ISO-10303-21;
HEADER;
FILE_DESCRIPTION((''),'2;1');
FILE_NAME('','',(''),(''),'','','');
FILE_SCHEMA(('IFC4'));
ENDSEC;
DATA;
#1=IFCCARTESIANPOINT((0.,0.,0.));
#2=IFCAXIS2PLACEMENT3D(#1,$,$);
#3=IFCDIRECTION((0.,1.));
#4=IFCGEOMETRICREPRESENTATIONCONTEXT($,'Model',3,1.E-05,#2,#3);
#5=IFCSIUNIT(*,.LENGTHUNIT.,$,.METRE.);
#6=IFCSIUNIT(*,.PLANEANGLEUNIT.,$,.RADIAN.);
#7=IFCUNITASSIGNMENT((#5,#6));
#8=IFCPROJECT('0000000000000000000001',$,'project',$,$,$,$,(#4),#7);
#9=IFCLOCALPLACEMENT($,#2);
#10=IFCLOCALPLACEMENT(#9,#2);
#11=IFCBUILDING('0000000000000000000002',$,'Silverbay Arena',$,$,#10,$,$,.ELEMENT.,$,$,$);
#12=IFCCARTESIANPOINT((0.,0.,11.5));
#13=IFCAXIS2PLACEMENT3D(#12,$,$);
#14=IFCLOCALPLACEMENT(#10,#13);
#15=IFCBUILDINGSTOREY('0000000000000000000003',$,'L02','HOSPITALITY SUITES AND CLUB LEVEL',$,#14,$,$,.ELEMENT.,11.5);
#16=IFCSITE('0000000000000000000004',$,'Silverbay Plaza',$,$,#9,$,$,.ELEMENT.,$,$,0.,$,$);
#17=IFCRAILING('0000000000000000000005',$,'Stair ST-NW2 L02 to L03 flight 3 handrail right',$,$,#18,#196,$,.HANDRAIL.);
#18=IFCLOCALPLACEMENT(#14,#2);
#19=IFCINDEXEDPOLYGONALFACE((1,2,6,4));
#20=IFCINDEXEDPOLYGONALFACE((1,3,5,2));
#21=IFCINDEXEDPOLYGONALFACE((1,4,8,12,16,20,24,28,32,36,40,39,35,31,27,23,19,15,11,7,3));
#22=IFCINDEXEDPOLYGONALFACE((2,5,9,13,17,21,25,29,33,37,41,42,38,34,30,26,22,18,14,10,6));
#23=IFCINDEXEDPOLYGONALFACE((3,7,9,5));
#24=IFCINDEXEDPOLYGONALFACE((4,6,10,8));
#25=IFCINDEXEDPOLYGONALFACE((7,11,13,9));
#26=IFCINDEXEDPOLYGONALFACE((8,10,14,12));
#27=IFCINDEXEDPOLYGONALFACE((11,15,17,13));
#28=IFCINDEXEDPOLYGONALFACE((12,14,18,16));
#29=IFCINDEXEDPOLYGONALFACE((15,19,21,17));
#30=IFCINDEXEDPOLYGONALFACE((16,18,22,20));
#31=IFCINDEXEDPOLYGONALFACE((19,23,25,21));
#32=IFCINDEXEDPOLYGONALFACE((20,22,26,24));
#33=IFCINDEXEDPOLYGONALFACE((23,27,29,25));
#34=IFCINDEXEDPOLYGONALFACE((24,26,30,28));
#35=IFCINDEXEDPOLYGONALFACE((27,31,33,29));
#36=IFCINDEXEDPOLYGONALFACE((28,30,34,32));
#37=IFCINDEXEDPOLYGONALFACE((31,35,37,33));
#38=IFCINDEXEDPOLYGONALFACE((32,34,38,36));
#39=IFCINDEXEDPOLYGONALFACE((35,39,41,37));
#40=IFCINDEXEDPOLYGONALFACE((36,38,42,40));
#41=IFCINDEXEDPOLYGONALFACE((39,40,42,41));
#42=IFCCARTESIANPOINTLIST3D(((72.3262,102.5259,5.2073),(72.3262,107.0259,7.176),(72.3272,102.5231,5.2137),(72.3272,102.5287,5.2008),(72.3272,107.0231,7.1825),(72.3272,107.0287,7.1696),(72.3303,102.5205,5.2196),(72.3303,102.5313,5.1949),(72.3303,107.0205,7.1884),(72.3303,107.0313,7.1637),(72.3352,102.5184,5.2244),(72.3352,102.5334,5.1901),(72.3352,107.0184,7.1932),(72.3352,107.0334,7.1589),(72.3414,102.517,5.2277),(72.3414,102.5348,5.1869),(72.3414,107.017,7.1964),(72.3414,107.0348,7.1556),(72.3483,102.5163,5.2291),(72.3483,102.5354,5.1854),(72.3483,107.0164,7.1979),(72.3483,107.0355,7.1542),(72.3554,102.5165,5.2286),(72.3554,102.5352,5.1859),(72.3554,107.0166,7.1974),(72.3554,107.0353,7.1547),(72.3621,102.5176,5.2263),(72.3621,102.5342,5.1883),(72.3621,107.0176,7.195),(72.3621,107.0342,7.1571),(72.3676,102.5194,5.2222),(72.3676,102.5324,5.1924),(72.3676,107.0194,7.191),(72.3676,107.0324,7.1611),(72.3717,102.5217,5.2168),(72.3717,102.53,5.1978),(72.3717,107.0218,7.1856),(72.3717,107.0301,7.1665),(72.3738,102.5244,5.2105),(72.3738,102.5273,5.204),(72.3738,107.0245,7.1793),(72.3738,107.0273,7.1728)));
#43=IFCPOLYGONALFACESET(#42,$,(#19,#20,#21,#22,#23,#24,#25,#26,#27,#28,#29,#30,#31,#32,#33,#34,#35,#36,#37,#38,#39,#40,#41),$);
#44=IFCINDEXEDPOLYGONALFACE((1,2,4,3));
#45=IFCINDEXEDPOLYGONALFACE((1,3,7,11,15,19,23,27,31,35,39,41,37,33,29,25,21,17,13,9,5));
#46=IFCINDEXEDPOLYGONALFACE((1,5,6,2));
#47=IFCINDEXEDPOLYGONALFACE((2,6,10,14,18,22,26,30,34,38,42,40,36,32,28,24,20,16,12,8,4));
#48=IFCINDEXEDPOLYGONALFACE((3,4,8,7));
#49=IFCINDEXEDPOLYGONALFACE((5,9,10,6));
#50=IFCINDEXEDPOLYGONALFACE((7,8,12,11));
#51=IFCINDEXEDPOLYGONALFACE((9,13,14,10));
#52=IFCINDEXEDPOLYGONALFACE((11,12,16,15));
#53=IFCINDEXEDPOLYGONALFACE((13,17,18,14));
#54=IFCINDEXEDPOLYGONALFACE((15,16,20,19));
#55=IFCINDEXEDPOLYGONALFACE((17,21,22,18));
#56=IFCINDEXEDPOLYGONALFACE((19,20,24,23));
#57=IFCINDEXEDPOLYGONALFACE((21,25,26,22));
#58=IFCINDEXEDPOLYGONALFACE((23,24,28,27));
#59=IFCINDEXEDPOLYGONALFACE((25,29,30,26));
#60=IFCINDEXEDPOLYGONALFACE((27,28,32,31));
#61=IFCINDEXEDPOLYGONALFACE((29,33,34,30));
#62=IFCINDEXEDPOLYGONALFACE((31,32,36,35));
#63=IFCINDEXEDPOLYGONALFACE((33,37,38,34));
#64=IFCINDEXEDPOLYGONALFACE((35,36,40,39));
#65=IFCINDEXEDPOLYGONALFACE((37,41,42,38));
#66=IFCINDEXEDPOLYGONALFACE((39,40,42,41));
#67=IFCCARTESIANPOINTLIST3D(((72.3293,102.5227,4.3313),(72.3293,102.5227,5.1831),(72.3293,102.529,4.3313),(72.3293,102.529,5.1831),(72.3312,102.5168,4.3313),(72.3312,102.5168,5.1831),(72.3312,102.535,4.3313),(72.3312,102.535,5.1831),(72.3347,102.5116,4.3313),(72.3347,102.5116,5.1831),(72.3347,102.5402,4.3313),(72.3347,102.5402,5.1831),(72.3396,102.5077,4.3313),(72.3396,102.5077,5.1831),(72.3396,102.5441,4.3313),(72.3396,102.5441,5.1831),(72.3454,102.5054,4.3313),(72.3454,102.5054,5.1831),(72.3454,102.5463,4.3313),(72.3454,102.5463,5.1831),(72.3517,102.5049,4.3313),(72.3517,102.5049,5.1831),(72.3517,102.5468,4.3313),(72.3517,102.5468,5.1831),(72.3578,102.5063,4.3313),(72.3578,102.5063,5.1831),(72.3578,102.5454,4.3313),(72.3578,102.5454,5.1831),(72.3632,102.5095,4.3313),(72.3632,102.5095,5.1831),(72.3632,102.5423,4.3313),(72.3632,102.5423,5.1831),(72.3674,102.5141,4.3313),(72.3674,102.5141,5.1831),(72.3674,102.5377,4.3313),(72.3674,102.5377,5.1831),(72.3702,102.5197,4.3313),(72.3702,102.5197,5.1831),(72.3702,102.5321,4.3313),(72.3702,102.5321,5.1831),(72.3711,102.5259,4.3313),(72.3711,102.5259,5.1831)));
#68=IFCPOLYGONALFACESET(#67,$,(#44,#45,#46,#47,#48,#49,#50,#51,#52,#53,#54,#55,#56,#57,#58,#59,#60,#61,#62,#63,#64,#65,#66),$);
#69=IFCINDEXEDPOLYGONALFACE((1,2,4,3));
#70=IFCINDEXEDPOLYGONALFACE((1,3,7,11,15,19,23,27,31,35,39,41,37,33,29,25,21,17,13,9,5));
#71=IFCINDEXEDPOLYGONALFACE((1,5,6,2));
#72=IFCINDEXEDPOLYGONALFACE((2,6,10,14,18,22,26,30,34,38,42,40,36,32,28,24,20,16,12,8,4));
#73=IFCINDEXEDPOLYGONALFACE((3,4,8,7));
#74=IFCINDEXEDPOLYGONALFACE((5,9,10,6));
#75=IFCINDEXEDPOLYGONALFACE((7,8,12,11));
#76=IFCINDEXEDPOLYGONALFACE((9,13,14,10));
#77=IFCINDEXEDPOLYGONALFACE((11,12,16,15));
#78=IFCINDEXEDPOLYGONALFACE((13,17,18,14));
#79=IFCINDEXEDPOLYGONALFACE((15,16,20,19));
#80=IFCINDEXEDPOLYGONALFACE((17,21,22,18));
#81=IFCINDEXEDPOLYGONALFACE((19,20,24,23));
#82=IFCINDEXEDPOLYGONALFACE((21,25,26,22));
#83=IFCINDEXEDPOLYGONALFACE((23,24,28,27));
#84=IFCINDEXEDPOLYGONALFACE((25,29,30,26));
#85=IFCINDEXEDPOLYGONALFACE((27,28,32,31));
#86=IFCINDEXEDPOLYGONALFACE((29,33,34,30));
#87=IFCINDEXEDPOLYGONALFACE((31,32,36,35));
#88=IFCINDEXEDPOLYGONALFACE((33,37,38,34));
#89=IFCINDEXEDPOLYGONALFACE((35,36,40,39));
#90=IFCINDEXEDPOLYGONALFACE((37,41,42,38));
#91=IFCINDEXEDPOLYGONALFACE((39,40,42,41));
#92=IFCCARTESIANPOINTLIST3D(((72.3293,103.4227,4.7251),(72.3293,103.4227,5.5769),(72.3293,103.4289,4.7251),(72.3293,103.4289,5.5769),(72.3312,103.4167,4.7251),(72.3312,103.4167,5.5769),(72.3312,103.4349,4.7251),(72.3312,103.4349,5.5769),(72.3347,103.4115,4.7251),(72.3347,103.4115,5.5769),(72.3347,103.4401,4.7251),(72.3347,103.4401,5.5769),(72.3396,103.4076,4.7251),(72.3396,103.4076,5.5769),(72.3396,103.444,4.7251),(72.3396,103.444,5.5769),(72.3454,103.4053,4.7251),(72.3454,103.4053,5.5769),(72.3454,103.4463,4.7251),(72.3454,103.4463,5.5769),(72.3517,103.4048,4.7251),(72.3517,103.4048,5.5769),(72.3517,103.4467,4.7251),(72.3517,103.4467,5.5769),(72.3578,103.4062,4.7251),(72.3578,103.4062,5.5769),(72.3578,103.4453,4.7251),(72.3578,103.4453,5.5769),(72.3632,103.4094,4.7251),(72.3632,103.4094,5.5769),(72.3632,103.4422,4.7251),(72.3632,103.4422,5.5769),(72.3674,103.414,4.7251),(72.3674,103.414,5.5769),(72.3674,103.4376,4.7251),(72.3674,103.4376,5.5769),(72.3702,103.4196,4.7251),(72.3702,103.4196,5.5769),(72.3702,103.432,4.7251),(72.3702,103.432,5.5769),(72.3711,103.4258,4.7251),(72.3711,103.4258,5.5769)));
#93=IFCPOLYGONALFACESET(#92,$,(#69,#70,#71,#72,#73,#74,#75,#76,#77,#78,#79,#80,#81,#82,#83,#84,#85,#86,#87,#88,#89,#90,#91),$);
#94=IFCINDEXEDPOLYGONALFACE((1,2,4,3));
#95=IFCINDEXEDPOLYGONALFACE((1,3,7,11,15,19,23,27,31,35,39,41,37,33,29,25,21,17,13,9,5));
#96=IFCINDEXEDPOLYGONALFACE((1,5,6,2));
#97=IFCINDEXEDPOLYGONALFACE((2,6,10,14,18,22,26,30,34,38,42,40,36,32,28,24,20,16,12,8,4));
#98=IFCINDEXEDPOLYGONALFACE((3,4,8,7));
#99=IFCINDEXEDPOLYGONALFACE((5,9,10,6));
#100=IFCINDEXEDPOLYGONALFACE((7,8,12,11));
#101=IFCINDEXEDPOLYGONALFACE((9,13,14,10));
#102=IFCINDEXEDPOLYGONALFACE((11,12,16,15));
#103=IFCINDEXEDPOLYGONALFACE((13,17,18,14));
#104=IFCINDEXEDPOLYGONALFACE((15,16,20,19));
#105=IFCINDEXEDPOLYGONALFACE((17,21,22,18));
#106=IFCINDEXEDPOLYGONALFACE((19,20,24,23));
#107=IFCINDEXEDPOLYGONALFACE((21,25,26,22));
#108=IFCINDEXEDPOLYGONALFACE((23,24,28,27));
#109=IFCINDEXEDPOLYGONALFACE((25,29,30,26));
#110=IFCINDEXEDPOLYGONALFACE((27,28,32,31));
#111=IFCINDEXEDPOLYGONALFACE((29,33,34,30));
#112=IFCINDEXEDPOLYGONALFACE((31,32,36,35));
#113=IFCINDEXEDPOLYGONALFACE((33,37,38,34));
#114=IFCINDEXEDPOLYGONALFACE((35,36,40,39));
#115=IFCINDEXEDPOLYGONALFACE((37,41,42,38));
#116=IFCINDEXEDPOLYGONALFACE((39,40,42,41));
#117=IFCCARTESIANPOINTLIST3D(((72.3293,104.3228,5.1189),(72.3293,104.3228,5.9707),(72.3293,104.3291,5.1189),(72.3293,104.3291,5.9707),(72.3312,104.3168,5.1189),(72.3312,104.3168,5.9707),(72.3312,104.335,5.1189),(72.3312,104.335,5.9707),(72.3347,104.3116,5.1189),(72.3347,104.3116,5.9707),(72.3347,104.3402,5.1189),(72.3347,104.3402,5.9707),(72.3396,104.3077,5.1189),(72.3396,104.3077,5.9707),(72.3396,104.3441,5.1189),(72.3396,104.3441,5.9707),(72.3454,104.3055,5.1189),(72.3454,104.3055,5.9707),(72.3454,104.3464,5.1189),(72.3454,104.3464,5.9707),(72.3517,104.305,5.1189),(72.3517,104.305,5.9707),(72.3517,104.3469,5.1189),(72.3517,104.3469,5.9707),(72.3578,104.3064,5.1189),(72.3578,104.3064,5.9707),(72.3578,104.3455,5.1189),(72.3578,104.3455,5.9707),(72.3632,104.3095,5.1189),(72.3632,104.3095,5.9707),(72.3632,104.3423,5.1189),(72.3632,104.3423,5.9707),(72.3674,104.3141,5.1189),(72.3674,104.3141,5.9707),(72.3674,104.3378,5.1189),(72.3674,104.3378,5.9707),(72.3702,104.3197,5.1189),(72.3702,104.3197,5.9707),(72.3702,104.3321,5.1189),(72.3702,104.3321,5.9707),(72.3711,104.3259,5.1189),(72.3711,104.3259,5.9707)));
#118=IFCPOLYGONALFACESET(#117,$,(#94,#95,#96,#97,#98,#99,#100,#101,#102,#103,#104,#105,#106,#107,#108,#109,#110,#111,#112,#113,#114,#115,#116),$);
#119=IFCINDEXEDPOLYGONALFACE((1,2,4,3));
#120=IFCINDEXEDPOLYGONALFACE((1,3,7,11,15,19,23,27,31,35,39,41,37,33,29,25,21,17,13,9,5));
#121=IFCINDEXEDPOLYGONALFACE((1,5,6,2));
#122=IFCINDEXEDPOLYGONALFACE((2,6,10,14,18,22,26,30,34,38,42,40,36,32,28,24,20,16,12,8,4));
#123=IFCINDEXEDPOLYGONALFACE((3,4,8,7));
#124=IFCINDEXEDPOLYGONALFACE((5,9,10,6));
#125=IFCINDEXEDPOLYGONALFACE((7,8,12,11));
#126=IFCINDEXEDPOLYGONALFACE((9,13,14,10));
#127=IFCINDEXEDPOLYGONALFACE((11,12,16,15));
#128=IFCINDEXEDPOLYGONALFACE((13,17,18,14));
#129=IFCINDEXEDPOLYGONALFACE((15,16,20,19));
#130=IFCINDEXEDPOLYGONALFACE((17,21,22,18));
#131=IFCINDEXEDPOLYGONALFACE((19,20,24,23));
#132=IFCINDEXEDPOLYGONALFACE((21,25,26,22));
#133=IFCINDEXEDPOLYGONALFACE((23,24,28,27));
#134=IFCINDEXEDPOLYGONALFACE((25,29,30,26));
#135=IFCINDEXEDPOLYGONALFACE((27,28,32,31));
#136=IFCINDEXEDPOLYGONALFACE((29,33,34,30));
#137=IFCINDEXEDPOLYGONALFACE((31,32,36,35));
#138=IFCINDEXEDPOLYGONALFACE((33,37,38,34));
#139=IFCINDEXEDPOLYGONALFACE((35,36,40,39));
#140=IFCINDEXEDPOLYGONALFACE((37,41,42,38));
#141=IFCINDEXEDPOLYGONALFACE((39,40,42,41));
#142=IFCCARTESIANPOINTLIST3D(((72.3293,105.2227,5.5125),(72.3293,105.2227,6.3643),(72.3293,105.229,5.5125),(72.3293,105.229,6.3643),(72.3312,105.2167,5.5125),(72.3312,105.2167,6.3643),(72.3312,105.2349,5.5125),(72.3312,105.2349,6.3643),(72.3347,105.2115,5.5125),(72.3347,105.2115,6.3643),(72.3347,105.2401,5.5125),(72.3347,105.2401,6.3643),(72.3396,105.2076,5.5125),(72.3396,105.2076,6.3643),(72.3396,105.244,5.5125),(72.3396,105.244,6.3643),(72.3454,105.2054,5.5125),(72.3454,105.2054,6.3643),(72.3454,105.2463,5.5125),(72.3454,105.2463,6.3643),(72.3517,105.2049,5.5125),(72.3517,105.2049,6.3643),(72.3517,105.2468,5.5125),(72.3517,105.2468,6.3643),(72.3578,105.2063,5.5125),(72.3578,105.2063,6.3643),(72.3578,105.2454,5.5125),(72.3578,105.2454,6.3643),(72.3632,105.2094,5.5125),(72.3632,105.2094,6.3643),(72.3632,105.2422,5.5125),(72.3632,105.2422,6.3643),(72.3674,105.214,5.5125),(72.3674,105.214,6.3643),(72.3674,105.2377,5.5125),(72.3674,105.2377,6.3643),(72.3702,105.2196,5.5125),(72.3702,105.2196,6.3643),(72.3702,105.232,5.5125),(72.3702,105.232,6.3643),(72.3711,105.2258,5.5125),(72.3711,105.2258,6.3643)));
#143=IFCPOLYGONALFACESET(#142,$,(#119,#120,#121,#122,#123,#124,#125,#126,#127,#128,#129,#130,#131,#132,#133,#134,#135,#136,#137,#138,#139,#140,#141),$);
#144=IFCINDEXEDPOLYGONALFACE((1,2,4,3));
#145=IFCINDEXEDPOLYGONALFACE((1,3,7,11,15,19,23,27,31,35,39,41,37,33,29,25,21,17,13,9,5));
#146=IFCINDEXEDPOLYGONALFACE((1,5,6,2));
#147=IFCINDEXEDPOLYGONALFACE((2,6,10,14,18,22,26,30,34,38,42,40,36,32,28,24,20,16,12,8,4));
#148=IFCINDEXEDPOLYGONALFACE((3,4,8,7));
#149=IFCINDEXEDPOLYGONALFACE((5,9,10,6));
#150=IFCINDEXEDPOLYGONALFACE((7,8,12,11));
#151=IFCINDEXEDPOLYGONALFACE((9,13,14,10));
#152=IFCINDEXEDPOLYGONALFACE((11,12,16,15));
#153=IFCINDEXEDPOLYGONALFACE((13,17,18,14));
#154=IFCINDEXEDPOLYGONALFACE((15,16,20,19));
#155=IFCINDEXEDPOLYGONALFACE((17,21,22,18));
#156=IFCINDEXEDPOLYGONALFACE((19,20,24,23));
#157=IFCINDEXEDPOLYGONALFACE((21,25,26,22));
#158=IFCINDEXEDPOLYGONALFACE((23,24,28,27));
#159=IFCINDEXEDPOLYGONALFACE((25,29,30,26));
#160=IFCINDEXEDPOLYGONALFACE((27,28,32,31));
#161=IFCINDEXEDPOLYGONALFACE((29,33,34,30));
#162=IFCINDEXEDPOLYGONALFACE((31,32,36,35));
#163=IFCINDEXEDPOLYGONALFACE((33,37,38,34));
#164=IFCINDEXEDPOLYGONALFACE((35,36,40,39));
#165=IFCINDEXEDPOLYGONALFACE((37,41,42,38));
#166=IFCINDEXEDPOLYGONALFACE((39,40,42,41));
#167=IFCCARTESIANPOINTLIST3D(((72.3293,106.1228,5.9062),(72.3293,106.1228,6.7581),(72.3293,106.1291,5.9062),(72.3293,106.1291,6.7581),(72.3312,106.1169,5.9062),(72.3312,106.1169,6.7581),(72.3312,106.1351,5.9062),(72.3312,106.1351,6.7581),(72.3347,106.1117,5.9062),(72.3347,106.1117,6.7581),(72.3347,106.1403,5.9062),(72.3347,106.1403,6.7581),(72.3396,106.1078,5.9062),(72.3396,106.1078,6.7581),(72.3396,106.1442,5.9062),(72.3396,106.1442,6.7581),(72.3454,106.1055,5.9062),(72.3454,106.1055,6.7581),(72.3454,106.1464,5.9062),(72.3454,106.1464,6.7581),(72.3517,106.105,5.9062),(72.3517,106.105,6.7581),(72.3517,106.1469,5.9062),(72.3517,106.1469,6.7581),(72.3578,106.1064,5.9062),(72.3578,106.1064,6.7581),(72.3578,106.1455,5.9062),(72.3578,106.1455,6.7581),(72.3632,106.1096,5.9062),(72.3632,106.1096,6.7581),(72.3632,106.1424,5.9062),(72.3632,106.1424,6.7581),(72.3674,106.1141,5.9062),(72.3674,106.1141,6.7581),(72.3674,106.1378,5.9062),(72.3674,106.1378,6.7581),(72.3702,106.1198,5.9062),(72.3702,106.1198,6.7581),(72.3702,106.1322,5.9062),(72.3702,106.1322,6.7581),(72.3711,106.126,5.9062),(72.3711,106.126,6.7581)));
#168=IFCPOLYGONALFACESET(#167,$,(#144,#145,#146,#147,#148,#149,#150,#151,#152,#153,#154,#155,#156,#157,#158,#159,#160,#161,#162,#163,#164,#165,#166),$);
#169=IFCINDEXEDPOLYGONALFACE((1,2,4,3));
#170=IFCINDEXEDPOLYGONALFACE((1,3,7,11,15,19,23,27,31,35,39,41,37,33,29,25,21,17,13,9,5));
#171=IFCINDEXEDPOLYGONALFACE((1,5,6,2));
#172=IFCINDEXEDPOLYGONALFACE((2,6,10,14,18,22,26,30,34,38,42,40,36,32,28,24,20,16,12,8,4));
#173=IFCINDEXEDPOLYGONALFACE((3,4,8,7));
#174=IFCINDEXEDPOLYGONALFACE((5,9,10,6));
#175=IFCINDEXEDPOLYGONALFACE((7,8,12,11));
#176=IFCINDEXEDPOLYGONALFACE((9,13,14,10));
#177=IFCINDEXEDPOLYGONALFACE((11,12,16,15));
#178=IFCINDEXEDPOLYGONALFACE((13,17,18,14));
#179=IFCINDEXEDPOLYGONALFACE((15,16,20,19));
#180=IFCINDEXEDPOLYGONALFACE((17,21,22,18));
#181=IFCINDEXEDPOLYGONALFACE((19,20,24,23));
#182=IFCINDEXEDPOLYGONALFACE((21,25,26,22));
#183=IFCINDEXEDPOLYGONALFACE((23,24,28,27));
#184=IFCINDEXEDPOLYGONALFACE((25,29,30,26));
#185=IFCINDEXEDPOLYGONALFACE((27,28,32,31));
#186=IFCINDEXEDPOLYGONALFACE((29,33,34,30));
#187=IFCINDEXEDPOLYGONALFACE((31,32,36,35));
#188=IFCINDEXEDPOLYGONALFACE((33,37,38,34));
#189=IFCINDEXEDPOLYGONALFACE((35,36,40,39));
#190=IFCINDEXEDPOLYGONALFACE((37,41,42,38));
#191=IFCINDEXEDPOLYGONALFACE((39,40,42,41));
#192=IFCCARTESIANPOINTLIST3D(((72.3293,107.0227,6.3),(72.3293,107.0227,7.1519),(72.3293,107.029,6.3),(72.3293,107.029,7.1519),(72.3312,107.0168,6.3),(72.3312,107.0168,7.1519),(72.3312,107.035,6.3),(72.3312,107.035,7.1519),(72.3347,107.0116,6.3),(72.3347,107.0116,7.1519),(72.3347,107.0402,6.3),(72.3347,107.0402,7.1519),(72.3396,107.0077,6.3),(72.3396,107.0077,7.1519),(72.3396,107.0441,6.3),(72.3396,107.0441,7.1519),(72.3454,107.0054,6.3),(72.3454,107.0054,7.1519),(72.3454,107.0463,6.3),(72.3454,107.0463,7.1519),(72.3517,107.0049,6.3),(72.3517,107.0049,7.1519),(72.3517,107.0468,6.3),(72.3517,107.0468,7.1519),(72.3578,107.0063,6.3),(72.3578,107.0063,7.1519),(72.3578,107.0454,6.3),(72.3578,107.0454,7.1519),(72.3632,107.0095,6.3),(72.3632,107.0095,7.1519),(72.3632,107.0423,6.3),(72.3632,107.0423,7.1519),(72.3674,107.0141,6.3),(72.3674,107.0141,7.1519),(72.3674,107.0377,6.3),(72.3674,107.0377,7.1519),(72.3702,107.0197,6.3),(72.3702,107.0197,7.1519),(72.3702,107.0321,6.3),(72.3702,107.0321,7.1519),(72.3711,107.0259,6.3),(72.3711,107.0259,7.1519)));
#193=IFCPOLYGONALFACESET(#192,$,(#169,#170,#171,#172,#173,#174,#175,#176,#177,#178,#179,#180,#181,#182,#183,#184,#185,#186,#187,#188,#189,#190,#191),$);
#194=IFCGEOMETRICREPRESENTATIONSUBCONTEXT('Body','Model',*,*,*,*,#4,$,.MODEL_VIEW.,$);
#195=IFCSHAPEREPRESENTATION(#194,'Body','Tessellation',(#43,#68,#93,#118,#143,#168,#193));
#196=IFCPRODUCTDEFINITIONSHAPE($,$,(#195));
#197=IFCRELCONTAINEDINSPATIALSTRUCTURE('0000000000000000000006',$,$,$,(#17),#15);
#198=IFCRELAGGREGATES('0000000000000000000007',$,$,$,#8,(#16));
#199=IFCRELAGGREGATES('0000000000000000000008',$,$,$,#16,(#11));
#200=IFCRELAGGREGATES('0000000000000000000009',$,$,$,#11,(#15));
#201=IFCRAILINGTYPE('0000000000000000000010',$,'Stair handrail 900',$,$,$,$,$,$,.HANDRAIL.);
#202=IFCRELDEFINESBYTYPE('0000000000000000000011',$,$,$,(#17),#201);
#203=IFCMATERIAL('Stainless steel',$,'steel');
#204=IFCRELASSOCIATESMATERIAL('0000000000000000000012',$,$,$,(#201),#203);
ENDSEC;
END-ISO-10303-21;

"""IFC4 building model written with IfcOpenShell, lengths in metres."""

from ifc_helpers import new_model, si_unit, direction, frame, origin, origin_2d, place, context, subcontext, project, spatial, circle, extrude, material, type_object, element, save


model = new_model("IFC4")

# Units and contexts
model_context = context("Model", 3, precision=1e-05, world=origin(), true_north=direction((0.0, 1.0)))
body_context = subcontext(model_context, "Body", "Model", "MODEL_VIEW")
ifc_project = project(units=[si_unit("LENGTHUNIT", "METRE"), si_unit("PLANEANGLEUNIT", "RADIAN")], contexts=[model_context])

# Site, building, storey
site_placement = place(None, origin())
site = spatial("IfcSite", under=ifc_project, at=site_placement, Name="Silverbay Plaza", CompositionType="ELEMENT", RefElevation=0.0)
building_placement = place(site_placement, origin())
building = spatial("IfcBuilding", under=site, at=building_placement, Name="Silverbay Arena", CompositionType="ELEMENT")
storey_placement = place(building_placement, frame((0.0, 0.0, 11.5)))
storey = spatial("IfcBuildingStorey", under=building, at=storey_placement, Name="L02", Description="HOSPITALITY SUITES AND CLUB LEVEL", CompositionType="ELEMENT", Elevation=11.5)

# Railing
ifc_material_1 = material(Name="Stainless steel", Category="steel")
railing_type_1 = type_object("IfcRailingType", Name="Stair handrail 900", PredefinedType="HANDRAIL", material=ifc_material_1)
for number, where, name in (
    (1, (72.3501, 102.5259, 4.3313), "Stair ST-NW2 L02 to L03 flight 3 handrail right"),
):
    element("IfcRailing", number, at=place(storey_placement, frame(where)), inside=storey, type_object=railing_type_1, Name=name, PredefinedType="HANDRAIL", context=body_context, shape_type="SweptSolid", body=[
        extrude(circle(Radius=0.0239, at=origin_2d()), frame((0.0, 0.0, 0.876), z_axis=(0.0, 0.916157, 0.400819), x_axis=(-1.0, 0.0, 0.0)), (0.0, 0.0, 1.0), 4.9119),
        extrude(circle(Radius=0.021, at=origin_2d()), origin(), (0.0, 0.0, 1.0), 0.8518),
        extrude(circle(Radius=0.021, at=origin_2d()), frame((0.0, 0.8999, 0.3938)), (0.0, 0.0, 1.0), 0.8518),
        extrude(circle(Radius=0.021, at=origin_2d()), frame((0.0, 1.8, 0.7876)), (0.0, 0.0, 1.0), 0.8518),
        extrude(circle(Radius=0.021, at=origin_2d()), frame((0.0, 2.7, 1.1812)), (0.0, 0.0, 1.0), 0.8518),
        extrude(circle(Radius=0.021, at=origin_2d()), frame((0.0, 3.6001, 1.575)), (0.0, 0.0, 1.0), 0.8518),
        extrude(circle(Radius=0.021, at=origin_2d()), frame((0.0, 4.5, 1.9688)), (0.0, 0.0, 1.0), 0.8518),
    ])

save(model, "model.ifc")
